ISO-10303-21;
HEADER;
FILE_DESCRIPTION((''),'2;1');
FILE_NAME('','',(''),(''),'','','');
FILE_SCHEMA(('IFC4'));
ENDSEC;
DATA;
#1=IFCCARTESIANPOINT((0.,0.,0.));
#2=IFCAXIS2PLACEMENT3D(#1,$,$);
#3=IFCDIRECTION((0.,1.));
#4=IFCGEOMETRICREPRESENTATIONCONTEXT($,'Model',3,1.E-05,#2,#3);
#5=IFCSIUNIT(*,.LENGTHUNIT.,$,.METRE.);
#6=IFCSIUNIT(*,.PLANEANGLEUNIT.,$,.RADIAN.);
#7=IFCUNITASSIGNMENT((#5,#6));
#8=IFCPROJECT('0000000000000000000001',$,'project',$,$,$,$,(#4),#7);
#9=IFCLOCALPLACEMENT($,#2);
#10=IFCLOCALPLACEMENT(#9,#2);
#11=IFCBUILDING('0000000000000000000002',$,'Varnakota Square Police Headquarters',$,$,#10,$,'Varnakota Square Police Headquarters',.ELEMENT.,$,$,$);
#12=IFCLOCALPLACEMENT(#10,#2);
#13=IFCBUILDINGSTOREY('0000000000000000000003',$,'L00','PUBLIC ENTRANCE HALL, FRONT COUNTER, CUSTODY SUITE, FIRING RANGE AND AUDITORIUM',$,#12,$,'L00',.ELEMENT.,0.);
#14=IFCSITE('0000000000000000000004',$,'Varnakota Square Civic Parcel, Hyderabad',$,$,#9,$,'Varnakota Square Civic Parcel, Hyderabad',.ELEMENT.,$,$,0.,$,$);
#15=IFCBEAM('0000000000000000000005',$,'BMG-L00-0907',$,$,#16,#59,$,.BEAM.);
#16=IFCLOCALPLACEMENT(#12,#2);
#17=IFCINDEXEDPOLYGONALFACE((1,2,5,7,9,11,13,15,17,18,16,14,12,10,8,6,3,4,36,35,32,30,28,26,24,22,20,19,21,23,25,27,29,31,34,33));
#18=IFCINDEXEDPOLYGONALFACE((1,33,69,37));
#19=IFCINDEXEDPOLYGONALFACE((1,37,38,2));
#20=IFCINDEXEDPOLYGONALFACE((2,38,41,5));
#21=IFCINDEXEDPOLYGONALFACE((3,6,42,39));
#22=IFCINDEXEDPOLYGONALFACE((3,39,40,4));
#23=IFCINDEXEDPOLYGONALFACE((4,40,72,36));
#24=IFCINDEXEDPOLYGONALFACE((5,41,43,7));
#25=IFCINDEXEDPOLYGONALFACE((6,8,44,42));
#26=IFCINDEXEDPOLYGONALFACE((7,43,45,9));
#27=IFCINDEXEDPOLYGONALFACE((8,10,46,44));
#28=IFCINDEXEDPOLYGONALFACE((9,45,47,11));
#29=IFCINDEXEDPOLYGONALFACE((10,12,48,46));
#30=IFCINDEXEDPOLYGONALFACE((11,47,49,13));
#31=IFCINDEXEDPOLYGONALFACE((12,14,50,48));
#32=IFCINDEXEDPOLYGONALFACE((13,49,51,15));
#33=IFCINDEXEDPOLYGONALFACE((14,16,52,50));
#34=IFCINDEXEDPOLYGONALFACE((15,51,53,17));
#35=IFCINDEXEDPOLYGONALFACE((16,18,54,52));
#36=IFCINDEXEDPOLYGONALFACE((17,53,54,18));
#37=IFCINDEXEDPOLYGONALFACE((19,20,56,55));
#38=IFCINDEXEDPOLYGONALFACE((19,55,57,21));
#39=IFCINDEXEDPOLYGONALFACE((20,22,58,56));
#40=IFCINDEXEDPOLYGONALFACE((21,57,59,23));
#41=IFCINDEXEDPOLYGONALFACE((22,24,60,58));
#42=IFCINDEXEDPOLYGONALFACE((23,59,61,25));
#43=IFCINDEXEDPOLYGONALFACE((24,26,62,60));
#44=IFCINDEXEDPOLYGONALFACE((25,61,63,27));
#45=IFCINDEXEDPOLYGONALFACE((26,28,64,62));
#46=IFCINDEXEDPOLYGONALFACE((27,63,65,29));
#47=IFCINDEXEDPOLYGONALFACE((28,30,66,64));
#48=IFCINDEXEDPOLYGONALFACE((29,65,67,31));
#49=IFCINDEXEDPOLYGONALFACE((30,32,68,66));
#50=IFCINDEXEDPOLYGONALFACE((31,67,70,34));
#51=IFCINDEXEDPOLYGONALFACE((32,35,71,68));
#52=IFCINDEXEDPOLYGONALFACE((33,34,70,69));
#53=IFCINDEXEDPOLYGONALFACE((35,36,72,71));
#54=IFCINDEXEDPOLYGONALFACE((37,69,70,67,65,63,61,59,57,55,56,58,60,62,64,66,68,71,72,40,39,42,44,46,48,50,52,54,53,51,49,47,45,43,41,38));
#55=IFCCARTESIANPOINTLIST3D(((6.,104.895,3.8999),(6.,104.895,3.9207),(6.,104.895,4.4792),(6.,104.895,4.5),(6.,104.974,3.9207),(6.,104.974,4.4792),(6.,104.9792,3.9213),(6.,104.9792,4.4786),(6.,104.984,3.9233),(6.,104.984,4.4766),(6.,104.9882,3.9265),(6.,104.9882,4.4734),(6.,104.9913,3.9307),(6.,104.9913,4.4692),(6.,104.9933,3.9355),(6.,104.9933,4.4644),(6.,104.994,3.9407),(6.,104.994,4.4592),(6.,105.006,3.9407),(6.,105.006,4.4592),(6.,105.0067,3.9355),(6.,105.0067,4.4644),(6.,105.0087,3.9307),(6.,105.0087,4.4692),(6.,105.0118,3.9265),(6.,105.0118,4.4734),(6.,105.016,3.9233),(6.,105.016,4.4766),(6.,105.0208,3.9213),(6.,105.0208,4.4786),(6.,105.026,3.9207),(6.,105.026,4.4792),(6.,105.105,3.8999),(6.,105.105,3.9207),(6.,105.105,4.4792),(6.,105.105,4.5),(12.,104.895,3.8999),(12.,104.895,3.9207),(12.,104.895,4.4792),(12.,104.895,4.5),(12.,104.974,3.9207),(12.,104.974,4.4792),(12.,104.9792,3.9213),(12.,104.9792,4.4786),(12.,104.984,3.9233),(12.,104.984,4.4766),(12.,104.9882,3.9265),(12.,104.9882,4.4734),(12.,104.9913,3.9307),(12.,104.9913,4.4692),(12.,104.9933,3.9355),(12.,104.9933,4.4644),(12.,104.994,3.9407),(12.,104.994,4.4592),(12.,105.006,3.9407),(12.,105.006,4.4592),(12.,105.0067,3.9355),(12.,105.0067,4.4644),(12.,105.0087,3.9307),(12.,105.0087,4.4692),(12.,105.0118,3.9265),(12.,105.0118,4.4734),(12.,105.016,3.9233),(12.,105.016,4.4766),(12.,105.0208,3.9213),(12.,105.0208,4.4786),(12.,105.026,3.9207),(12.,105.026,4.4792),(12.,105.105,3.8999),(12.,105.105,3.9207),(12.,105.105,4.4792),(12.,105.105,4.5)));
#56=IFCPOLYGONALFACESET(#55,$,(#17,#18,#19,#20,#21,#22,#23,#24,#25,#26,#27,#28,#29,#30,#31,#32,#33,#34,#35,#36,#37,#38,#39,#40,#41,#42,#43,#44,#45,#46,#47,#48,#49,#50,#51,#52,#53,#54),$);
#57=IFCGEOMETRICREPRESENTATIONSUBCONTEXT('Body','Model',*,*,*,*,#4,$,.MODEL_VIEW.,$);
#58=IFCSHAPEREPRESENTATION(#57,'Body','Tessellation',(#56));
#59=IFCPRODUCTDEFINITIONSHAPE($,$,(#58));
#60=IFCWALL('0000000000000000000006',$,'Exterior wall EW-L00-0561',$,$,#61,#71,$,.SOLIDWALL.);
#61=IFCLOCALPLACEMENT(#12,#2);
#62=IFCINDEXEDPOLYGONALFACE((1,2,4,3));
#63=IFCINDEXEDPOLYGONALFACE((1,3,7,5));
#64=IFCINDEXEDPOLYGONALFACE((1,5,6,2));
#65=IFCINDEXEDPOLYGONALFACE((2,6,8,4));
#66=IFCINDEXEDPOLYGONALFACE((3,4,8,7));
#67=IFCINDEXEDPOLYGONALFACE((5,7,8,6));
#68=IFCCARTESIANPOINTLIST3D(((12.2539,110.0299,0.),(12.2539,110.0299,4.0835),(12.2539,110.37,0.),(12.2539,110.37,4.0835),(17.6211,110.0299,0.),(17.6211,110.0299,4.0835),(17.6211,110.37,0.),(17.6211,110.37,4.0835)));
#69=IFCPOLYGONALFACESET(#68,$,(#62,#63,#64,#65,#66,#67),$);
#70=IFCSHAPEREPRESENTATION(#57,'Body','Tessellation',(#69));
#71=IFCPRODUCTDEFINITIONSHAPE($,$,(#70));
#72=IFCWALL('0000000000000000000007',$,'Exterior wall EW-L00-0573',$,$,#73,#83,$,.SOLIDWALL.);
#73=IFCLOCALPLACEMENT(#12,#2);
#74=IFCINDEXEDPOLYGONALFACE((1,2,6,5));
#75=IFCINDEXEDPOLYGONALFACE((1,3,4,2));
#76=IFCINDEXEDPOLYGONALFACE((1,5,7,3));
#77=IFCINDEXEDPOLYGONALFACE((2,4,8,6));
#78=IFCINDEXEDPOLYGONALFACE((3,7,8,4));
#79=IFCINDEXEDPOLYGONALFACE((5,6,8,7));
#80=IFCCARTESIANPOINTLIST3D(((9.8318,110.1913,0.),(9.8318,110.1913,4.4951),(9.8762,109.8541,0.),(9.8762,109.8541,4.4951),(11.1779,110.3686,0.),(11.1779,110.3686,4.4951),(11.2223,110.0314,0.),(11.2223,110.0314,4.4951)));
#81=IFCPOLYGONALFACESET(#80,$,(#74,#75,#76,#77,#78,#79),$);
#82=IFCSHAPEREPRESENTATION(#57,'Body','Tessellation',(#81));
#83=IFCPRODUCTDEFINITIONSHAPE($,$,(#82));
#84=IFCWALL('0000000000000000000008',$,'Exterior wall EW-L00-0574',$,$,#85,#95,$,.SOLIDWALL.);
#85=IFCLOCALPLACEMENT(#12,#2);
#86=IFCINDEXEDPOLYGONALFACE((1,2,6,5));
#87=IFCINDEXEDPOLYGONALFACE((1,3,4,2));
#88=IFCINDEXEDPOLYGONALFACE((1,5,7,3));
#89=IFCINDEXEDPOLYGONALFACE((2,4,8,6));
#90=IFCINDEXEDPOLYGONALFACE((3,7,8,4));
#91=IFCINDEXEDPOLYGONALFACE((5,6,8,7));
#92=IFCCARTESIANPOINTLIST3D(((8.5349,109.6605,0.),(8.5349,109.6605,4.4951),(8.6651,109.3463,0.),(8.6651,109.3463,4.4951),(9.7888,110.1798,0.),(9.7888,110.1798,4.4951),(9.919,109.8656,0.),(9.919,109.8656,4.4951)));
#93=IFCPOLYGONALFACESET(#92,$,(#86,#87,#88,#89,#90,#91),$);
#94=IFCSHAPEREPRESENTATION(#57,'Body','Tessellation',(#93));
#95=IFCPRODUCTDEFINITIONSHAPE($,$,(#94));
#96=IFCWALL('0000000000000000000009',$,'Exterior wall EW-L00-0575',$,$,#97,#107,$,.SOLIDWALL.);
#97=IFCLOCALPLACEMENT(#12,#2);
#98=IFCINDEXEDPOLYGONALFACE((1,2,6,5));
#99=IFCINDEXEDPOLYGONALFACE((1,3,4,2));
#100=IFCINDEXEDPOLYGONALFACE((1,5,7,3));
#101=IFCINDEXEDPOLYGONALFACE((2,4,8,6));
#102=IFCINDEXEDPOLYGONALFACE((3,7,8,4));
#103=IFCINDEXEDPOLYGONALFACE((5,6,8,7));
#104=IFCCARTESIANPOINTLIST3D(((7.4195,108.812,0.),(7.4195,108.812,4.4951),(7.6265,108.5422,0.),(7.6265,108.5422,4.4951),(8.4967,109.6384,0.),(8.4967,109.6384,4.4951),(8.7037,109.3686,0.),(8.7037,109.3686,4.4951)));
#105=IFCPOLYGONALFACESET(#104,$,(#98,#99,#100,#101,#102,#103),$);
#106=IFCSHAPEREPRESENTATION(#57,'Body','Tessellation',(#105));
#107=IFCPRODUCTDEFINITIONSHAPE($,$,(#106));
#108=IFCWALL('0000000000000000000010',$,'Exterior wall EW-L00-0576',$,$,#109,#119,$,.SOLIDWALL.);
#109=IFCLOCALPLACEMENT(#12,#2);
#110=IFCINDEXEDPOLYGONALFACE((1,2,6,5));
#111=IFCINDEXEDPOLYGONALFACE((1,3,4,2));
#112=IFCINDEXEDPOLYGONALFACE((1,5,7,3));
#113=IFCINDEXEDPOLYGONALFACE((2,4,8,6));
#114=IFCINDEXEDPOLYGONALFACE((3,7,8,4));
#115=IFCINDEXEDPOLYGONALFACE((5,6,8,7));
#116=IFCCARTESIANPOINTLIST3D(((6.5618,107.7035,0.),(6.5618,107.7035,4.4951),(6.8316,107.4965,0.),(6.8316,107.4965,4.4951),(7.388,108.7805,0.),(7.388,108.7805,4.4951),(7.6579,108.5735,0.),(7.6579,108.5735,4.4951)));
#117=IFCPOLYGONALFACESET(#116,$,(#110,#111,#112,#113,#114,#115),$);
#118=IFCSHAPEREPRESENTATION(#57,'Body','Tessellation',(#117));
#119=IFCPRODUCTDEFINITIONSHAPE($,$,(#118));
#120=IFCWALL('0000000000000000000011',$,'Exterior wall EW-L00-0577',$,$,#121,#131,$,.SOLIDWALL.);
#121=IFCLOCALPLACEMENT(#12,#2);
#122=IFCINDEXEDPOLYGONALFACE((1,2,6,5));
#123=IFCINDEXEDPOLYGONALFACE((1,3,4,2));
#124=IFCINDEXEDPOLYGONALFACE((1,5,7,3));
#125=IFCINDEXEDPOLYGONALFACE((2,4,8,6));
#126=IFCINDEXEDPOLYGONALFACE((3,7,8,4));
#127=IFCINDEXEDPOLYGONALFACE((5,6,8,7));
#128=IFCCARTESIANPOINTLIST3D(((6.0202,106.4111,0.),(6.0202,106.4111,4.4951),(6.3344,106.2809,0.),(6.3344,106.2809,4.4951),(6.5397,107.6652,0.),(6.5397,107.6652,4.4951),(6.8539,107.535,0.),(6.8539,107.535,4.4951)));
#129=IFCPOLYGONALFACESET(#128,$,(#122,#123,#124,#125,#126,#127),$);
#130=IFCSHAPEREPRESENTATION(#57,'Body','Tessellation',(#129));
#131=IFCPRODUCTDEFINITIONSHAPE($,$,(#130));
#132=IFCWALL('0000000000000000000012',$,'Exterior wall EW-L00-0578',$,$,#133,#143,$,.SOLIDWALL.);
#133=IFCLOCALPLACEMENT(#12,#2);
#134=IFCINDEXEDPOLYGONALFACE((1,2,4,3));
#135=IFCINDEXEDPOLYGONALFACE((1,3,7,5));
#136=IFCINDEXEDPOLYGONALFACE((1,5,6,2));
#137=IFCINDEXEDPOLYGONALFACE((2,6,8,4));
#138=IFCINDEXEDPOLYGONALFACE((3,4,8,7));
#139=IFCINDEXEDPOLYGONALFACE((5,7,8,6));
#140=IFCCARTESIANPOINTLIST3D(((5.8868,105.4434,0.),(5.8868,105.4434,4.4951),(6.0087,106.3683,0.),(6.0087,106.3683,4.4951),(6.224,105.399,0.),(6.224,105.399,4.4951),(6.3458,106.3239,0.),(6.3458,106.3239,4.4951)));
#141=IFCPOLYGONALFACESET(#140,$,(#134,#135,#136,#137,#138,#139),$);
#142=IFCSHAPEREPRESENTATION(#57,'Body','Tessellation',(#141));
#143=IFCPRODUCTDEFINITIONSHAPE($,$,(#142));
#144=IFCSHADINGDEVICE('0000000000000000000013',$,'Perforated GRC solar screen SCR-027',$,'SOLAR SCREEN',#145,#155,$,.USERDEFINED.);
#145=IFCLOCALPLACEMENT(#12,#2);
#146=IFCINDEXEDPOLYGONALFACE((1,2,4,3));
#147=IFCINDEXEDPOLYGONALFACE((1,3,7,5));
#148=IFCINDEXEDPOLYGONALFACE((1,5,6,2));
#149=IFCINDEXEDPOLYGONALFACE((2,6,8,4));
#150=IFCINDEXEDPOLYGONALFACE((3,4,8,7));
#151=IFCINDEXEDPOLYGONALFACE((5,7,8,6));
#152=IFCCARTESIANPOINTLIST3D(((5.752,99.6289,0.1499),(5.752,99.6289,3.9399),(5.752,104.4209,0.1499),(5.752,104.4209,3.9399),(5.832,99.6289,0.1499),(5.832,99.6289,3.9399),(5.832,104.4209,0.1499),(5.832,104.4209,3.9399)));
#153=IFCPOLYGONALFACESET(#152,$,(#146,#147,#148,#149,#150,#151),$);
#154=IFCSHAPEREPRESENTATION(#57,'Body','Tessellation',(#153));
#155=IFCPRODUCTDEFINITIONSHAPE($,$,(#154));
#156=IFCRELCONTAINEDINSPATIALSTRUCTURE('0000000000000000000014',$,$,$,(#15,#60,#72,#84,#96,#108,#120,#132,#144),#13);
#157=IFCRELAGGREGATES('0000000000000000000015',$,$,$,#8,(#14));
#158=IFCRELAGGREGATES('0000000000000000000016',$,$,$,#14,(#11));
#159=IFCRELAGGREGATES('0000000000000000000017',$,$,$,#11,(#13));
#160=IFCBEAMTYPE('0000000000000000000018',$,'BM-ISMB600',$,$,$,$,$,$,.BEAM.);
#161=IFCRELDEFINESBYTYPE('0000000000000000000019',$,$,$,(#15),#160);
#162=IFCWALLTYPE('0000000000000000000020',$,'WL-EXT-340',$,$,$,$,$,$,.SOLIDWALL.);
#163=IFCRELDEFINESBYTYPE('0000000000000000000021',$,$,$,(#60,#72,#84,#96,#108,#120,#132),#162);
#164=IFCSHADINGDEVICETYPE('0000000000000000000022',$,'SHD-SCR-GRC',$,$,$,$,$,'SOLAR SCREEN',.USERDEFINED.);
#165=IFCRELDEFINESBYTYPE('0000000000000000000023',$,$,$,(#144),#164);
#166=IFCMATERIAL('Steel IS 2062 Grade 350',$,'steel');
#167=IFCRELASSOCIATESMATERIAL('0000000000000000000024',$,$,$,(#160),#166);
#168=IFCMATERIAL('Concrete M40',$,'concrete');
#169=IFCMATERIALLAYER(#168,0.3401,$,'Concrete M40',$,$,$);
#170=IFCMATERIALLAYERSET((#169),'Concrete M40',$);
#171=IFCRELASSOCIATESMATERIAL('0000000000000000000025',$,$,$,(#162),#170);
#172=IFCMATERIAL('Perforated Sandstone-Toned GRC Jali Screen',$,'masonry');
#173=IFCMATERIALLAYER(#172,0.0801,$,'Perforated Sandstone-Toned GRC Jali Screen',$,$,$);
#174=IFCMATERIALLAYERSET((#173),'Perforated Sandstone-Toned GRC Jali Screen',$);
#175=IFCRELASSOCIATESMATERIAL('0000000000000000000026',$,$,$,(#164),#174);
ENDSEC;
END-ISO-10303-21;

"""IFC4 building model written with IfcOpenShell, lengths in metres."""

from ifc_helpers import new_model, si_unit, direction, frame, frame_2d, origin, origin_2d, place, context, subcontext, project, spatial, rectangle, i_section, extrude, material, layer, layer_set, material_profile, profile_set, type_object, element, save


model = new_model("IFC4")

# Units and contexts
model_context = context("Model", 3, precision=1e-05, world=origin(), true_north=direction((0.0, 1.0)))
body_context = subcontext(model_context, "Body", "Model", "MODEL_VIEW")
ifc_project = project(units=[si_unit("LENGTHUNIT", "METRE"), si_unit("PLANEANGLEUNIT", "RADIAN")], contexts=[model_context])

# Site, building, storey
site_placement = place(None, origin())
site = spatial("IfcSite", under=ifc_project, at=site_placement, Name="Varnakota Square Civic Parcel, Hyderabad", LongName="Varnakota Square Civic Parcel, Hyderabad", CompositionType="ELEMENT", RefElevation=0.0)
building_placement = place(site_placement, origin())
building = spatial("IfcBuilding", under=site, at=building_placement, Name="Varnakota Square Police Headquarters", LongName="Varnakota Square Police Headquarters", CompositionType="ELEMENT")
storey_placement = place(building_placement, origin())
storey = spatial("IfcBuildingStorey", under=building, at=storey_placement, Name="L00", Description="PUBLIC ENTRANCE HALL, FRONT COUNTER, CUSTODY SUITE, FIRING RANGE AND AUDITORIUM", LongName="L00", CompositionType="ELEMENT", Elevation=0.0)

# Beam
ifc_material_1 = material(Name="Steel IS 2062 Grade 350", Category="steel")
ifc_material_profile_1 = material_profile(ifc_material_1, i_section(OverallWidth=0.21, OverallDepth=0.6001, WebThickness=0.012, FlangeThickness=0.0208, FilletRadius=0.02, at=origin_2d()), Name="ISMB 600")
ifc_profile_set_1 = profile_set([ifc_material_profile_1], Name="Steel IS 2062 Grade 350")
beam_type_1 = type_object("IfcBeamType", Name="BM-ISMB600", PredefinedType="BEAM", material=ifc_profile_set_1)
beam_1_placement = place(storey_placement, frame((6.0, 105.0, 4.2), z_axis=(1.0, 0.0, 0.0), x_axis=(0.0, 1.0, 0.0)))
element("IfcBeam", 1, at=beam_1_placement, inside=storey, type_object=beam_type_1, Name="BMG-L00-0907", PredefinedType="BEAM", context=body_context, shape_type="SweptSolid", body=[
    extrude(i_section(OverallWidth=0.21, OverallDepth=0.6001, WebThickness=0.012, FlangeThickness=0.0208, FilletRadius=0.02, at=origin_2d()), origin(), (0.0, 0.0, 1.0), 6.0),
])

# Walls
ifc_material_2 = material(Name="Concrete M40", Category="concrete")
ifc_layer_1 = layer(ifc_material_2, 0.3401, Name="Concrete M40")
ifc_layer_set_1 = layer_set([ifc_layer_1], Name="Concrete M40")
wall_type = type_object("IfcWallType", Name="WL-EXT-340", PredefinedType="SOLIDWALL", material=ifc_layer_set_1)
wall_1_placement = place(storey_placement, frame((12.2539, 110.2, 0.0), z_axis=(0.0, 0.0, 1.0), x_axis=(1.0, 0.0, 0.0)))
element("IfcWall", 2, at=wall_1_placement, inside=storey, type_object=wall_type, Name="Exterior wall EW-L00-0561", PredefinedType="SOLIDWALL", context=body_context, shape_type="SweptSolid", body=[
    extrude(rectangle(XDim=5.3672, YDim=0.3401, at=frame_2d((2.6836, 0.0))), origin(), (0.0, 0.0, 1.0), 4.0835),
])
wall_2_placement = place(storey_placement, frame((11.2, 110.2, 0.0), z_axis=(0.0, 0.0, 1.0), x_axis=(-0.99144, -0.130562, 0.0)))
element("IfcWall", 3, at=wall_2_placement, inside=storey, type_object=wall_type, Name="Exterior wall EW-L00-0573", PredefinedType="SOLIDWALL", context=body_context, shape_type="SweptSolid", body=[
    extrude(rectangle(XDim=1.3577, YDim=0.3401, at=frame_2d((0.6787, 0.0))), origin(), (0.0, 0.0, 1.0), 4.4951),
])
wall_3_placement = place(storey_placement, frame((9.854, 110.0227, 0.0), z_axis=(0.0, 0.0, 1.0), x_axis=(-0.923905, -0.382622, 0.0)))
element("IfcWall", 4, at=wall_3_placement, inside=storey, type_object=wall_type, Name="Exterior wall EW-L00-0574", PredefinedType="SOLIDWALL", context=body_context, shape_type="SweptSolid", body=[
    extrude(rectangle(XDim=1.3572, YDim=0.3401, at=frame_2d((0.6787, 0.0))), origin(), (0.0, 0.0, 1.0), 4.4951),
])
wall_4_placement = place(storey_placement, frame((8.6001, 109.5034, 0.0), z_axis=(0.0, 0.0, 1.0), x_axis=(-0.793392, -0.608711, 0.0)))
element("IfcWall", 5, at=wall_4_placement, inside=storey, type_object=wall_type, Name="Exterior wall EW-L00-0575", PredefinedType="SOLIDWALL", context=body_context, shape_type="SweptSolid", body=[
    extrude(rectangle(XDim=1.3577, YDim=0.3401, at=frame_2d((0.6787, 0.0))), origin(), (0.0, 0.0, 1.0), 4.4951),
])
for number, where, z_axis, x_axis, name in (
    (6, (7.5229, 108.677, 0.0), (0.0, 0.0, 1.0), (-0.608685, -0.793412, 0.0), "Exterior wall EW-L00-0576"),
    (7, (6.6968, 107.6001, 0.0), (0.0, 0.0, 1.0), (-0.382712, -0.923868, 0.0), "Exterior wall EW-L00-0577"),
):
    element("IfcWall", number, at=place(storey_placement, frame(where, z_axis=z_axis, x_axis=x_axis)), inside=storey, type_object=wall_type, Name=name, PredefinedType="SOLIDWALL", context=body_context, shape_type="SweptSolid", body=[
        extrude(rectangle(XDim=1.3574, YDim=0.3401, at=frame_2d((0.6787, 0.0))), origin(), (0.0, 0.0, 1.0), 4.4951),
    ])
wall_5_placement = place(storey_placement, frame((6.1772, 106.3459, 0.0), z_axis=(0.0, 0.0, 1.0), x_axis=(-0.130603, -0.991435, 0.0)))
element("IfcWall", 8, at=wall_5_placement, inside=storey, type_object=wall_type, Name="Exterior wall EW-L00-0578", PredefinedType="SOLIDWALL", context=body_context, shape_type="SweptSolid", body=[
    extrude(rectangle(XDim=0.9329, YDim=0.3401, at=frame_2d((0.4663, 0.0))), origin(), (0.0, 0.0, 1.0), 4.4951),
])

# Shading device
ifc_material_3 = material(Name="Perforated Sandstone-Toned GRC Jali Screen", Category="masonry")
ifc_layer_2 = layer(ifc_material_3, 0.0801, Name="Perforated Sandstone-Toned GRC Jali Screen")
ifc_layer_set_2 = layer_set([ifc_layer_2], Name="Perforated Sandstone-Toned GRC Jali Screen")
shading_device_type = type_object("IfcShadingDeviceType", Name="SHD-SCR-GRC", ElementType="SOLAR SCREEN", PredefinedType="USERDEFINED", material=ifc_layer_set_2)
shading_device_placement = place(storey_placement, frame((5.792, 102.0249, 0.1499), z_axis=(0.0, 0.0, 1.0), x_axis=(0.0, 1.0, 0.0)))
element("IfcShadingDevice", 9, at=shading_device_placement, inside=storey, type_object=shading_device_type, Name="Perforated GRC solar screen SCR-027", ObjectType="SOLAR SCREEN", PredefinedType="USERDEFINED", context=body_context, shape_type="SweptSolid", body=[
    extrude(rectangle(XDim=4.792, YDim=0.0801, at=origin_2d()), origin(), (0.0, 0.0, 1.0), 3.79),
])

save(model, "model.ifc")
